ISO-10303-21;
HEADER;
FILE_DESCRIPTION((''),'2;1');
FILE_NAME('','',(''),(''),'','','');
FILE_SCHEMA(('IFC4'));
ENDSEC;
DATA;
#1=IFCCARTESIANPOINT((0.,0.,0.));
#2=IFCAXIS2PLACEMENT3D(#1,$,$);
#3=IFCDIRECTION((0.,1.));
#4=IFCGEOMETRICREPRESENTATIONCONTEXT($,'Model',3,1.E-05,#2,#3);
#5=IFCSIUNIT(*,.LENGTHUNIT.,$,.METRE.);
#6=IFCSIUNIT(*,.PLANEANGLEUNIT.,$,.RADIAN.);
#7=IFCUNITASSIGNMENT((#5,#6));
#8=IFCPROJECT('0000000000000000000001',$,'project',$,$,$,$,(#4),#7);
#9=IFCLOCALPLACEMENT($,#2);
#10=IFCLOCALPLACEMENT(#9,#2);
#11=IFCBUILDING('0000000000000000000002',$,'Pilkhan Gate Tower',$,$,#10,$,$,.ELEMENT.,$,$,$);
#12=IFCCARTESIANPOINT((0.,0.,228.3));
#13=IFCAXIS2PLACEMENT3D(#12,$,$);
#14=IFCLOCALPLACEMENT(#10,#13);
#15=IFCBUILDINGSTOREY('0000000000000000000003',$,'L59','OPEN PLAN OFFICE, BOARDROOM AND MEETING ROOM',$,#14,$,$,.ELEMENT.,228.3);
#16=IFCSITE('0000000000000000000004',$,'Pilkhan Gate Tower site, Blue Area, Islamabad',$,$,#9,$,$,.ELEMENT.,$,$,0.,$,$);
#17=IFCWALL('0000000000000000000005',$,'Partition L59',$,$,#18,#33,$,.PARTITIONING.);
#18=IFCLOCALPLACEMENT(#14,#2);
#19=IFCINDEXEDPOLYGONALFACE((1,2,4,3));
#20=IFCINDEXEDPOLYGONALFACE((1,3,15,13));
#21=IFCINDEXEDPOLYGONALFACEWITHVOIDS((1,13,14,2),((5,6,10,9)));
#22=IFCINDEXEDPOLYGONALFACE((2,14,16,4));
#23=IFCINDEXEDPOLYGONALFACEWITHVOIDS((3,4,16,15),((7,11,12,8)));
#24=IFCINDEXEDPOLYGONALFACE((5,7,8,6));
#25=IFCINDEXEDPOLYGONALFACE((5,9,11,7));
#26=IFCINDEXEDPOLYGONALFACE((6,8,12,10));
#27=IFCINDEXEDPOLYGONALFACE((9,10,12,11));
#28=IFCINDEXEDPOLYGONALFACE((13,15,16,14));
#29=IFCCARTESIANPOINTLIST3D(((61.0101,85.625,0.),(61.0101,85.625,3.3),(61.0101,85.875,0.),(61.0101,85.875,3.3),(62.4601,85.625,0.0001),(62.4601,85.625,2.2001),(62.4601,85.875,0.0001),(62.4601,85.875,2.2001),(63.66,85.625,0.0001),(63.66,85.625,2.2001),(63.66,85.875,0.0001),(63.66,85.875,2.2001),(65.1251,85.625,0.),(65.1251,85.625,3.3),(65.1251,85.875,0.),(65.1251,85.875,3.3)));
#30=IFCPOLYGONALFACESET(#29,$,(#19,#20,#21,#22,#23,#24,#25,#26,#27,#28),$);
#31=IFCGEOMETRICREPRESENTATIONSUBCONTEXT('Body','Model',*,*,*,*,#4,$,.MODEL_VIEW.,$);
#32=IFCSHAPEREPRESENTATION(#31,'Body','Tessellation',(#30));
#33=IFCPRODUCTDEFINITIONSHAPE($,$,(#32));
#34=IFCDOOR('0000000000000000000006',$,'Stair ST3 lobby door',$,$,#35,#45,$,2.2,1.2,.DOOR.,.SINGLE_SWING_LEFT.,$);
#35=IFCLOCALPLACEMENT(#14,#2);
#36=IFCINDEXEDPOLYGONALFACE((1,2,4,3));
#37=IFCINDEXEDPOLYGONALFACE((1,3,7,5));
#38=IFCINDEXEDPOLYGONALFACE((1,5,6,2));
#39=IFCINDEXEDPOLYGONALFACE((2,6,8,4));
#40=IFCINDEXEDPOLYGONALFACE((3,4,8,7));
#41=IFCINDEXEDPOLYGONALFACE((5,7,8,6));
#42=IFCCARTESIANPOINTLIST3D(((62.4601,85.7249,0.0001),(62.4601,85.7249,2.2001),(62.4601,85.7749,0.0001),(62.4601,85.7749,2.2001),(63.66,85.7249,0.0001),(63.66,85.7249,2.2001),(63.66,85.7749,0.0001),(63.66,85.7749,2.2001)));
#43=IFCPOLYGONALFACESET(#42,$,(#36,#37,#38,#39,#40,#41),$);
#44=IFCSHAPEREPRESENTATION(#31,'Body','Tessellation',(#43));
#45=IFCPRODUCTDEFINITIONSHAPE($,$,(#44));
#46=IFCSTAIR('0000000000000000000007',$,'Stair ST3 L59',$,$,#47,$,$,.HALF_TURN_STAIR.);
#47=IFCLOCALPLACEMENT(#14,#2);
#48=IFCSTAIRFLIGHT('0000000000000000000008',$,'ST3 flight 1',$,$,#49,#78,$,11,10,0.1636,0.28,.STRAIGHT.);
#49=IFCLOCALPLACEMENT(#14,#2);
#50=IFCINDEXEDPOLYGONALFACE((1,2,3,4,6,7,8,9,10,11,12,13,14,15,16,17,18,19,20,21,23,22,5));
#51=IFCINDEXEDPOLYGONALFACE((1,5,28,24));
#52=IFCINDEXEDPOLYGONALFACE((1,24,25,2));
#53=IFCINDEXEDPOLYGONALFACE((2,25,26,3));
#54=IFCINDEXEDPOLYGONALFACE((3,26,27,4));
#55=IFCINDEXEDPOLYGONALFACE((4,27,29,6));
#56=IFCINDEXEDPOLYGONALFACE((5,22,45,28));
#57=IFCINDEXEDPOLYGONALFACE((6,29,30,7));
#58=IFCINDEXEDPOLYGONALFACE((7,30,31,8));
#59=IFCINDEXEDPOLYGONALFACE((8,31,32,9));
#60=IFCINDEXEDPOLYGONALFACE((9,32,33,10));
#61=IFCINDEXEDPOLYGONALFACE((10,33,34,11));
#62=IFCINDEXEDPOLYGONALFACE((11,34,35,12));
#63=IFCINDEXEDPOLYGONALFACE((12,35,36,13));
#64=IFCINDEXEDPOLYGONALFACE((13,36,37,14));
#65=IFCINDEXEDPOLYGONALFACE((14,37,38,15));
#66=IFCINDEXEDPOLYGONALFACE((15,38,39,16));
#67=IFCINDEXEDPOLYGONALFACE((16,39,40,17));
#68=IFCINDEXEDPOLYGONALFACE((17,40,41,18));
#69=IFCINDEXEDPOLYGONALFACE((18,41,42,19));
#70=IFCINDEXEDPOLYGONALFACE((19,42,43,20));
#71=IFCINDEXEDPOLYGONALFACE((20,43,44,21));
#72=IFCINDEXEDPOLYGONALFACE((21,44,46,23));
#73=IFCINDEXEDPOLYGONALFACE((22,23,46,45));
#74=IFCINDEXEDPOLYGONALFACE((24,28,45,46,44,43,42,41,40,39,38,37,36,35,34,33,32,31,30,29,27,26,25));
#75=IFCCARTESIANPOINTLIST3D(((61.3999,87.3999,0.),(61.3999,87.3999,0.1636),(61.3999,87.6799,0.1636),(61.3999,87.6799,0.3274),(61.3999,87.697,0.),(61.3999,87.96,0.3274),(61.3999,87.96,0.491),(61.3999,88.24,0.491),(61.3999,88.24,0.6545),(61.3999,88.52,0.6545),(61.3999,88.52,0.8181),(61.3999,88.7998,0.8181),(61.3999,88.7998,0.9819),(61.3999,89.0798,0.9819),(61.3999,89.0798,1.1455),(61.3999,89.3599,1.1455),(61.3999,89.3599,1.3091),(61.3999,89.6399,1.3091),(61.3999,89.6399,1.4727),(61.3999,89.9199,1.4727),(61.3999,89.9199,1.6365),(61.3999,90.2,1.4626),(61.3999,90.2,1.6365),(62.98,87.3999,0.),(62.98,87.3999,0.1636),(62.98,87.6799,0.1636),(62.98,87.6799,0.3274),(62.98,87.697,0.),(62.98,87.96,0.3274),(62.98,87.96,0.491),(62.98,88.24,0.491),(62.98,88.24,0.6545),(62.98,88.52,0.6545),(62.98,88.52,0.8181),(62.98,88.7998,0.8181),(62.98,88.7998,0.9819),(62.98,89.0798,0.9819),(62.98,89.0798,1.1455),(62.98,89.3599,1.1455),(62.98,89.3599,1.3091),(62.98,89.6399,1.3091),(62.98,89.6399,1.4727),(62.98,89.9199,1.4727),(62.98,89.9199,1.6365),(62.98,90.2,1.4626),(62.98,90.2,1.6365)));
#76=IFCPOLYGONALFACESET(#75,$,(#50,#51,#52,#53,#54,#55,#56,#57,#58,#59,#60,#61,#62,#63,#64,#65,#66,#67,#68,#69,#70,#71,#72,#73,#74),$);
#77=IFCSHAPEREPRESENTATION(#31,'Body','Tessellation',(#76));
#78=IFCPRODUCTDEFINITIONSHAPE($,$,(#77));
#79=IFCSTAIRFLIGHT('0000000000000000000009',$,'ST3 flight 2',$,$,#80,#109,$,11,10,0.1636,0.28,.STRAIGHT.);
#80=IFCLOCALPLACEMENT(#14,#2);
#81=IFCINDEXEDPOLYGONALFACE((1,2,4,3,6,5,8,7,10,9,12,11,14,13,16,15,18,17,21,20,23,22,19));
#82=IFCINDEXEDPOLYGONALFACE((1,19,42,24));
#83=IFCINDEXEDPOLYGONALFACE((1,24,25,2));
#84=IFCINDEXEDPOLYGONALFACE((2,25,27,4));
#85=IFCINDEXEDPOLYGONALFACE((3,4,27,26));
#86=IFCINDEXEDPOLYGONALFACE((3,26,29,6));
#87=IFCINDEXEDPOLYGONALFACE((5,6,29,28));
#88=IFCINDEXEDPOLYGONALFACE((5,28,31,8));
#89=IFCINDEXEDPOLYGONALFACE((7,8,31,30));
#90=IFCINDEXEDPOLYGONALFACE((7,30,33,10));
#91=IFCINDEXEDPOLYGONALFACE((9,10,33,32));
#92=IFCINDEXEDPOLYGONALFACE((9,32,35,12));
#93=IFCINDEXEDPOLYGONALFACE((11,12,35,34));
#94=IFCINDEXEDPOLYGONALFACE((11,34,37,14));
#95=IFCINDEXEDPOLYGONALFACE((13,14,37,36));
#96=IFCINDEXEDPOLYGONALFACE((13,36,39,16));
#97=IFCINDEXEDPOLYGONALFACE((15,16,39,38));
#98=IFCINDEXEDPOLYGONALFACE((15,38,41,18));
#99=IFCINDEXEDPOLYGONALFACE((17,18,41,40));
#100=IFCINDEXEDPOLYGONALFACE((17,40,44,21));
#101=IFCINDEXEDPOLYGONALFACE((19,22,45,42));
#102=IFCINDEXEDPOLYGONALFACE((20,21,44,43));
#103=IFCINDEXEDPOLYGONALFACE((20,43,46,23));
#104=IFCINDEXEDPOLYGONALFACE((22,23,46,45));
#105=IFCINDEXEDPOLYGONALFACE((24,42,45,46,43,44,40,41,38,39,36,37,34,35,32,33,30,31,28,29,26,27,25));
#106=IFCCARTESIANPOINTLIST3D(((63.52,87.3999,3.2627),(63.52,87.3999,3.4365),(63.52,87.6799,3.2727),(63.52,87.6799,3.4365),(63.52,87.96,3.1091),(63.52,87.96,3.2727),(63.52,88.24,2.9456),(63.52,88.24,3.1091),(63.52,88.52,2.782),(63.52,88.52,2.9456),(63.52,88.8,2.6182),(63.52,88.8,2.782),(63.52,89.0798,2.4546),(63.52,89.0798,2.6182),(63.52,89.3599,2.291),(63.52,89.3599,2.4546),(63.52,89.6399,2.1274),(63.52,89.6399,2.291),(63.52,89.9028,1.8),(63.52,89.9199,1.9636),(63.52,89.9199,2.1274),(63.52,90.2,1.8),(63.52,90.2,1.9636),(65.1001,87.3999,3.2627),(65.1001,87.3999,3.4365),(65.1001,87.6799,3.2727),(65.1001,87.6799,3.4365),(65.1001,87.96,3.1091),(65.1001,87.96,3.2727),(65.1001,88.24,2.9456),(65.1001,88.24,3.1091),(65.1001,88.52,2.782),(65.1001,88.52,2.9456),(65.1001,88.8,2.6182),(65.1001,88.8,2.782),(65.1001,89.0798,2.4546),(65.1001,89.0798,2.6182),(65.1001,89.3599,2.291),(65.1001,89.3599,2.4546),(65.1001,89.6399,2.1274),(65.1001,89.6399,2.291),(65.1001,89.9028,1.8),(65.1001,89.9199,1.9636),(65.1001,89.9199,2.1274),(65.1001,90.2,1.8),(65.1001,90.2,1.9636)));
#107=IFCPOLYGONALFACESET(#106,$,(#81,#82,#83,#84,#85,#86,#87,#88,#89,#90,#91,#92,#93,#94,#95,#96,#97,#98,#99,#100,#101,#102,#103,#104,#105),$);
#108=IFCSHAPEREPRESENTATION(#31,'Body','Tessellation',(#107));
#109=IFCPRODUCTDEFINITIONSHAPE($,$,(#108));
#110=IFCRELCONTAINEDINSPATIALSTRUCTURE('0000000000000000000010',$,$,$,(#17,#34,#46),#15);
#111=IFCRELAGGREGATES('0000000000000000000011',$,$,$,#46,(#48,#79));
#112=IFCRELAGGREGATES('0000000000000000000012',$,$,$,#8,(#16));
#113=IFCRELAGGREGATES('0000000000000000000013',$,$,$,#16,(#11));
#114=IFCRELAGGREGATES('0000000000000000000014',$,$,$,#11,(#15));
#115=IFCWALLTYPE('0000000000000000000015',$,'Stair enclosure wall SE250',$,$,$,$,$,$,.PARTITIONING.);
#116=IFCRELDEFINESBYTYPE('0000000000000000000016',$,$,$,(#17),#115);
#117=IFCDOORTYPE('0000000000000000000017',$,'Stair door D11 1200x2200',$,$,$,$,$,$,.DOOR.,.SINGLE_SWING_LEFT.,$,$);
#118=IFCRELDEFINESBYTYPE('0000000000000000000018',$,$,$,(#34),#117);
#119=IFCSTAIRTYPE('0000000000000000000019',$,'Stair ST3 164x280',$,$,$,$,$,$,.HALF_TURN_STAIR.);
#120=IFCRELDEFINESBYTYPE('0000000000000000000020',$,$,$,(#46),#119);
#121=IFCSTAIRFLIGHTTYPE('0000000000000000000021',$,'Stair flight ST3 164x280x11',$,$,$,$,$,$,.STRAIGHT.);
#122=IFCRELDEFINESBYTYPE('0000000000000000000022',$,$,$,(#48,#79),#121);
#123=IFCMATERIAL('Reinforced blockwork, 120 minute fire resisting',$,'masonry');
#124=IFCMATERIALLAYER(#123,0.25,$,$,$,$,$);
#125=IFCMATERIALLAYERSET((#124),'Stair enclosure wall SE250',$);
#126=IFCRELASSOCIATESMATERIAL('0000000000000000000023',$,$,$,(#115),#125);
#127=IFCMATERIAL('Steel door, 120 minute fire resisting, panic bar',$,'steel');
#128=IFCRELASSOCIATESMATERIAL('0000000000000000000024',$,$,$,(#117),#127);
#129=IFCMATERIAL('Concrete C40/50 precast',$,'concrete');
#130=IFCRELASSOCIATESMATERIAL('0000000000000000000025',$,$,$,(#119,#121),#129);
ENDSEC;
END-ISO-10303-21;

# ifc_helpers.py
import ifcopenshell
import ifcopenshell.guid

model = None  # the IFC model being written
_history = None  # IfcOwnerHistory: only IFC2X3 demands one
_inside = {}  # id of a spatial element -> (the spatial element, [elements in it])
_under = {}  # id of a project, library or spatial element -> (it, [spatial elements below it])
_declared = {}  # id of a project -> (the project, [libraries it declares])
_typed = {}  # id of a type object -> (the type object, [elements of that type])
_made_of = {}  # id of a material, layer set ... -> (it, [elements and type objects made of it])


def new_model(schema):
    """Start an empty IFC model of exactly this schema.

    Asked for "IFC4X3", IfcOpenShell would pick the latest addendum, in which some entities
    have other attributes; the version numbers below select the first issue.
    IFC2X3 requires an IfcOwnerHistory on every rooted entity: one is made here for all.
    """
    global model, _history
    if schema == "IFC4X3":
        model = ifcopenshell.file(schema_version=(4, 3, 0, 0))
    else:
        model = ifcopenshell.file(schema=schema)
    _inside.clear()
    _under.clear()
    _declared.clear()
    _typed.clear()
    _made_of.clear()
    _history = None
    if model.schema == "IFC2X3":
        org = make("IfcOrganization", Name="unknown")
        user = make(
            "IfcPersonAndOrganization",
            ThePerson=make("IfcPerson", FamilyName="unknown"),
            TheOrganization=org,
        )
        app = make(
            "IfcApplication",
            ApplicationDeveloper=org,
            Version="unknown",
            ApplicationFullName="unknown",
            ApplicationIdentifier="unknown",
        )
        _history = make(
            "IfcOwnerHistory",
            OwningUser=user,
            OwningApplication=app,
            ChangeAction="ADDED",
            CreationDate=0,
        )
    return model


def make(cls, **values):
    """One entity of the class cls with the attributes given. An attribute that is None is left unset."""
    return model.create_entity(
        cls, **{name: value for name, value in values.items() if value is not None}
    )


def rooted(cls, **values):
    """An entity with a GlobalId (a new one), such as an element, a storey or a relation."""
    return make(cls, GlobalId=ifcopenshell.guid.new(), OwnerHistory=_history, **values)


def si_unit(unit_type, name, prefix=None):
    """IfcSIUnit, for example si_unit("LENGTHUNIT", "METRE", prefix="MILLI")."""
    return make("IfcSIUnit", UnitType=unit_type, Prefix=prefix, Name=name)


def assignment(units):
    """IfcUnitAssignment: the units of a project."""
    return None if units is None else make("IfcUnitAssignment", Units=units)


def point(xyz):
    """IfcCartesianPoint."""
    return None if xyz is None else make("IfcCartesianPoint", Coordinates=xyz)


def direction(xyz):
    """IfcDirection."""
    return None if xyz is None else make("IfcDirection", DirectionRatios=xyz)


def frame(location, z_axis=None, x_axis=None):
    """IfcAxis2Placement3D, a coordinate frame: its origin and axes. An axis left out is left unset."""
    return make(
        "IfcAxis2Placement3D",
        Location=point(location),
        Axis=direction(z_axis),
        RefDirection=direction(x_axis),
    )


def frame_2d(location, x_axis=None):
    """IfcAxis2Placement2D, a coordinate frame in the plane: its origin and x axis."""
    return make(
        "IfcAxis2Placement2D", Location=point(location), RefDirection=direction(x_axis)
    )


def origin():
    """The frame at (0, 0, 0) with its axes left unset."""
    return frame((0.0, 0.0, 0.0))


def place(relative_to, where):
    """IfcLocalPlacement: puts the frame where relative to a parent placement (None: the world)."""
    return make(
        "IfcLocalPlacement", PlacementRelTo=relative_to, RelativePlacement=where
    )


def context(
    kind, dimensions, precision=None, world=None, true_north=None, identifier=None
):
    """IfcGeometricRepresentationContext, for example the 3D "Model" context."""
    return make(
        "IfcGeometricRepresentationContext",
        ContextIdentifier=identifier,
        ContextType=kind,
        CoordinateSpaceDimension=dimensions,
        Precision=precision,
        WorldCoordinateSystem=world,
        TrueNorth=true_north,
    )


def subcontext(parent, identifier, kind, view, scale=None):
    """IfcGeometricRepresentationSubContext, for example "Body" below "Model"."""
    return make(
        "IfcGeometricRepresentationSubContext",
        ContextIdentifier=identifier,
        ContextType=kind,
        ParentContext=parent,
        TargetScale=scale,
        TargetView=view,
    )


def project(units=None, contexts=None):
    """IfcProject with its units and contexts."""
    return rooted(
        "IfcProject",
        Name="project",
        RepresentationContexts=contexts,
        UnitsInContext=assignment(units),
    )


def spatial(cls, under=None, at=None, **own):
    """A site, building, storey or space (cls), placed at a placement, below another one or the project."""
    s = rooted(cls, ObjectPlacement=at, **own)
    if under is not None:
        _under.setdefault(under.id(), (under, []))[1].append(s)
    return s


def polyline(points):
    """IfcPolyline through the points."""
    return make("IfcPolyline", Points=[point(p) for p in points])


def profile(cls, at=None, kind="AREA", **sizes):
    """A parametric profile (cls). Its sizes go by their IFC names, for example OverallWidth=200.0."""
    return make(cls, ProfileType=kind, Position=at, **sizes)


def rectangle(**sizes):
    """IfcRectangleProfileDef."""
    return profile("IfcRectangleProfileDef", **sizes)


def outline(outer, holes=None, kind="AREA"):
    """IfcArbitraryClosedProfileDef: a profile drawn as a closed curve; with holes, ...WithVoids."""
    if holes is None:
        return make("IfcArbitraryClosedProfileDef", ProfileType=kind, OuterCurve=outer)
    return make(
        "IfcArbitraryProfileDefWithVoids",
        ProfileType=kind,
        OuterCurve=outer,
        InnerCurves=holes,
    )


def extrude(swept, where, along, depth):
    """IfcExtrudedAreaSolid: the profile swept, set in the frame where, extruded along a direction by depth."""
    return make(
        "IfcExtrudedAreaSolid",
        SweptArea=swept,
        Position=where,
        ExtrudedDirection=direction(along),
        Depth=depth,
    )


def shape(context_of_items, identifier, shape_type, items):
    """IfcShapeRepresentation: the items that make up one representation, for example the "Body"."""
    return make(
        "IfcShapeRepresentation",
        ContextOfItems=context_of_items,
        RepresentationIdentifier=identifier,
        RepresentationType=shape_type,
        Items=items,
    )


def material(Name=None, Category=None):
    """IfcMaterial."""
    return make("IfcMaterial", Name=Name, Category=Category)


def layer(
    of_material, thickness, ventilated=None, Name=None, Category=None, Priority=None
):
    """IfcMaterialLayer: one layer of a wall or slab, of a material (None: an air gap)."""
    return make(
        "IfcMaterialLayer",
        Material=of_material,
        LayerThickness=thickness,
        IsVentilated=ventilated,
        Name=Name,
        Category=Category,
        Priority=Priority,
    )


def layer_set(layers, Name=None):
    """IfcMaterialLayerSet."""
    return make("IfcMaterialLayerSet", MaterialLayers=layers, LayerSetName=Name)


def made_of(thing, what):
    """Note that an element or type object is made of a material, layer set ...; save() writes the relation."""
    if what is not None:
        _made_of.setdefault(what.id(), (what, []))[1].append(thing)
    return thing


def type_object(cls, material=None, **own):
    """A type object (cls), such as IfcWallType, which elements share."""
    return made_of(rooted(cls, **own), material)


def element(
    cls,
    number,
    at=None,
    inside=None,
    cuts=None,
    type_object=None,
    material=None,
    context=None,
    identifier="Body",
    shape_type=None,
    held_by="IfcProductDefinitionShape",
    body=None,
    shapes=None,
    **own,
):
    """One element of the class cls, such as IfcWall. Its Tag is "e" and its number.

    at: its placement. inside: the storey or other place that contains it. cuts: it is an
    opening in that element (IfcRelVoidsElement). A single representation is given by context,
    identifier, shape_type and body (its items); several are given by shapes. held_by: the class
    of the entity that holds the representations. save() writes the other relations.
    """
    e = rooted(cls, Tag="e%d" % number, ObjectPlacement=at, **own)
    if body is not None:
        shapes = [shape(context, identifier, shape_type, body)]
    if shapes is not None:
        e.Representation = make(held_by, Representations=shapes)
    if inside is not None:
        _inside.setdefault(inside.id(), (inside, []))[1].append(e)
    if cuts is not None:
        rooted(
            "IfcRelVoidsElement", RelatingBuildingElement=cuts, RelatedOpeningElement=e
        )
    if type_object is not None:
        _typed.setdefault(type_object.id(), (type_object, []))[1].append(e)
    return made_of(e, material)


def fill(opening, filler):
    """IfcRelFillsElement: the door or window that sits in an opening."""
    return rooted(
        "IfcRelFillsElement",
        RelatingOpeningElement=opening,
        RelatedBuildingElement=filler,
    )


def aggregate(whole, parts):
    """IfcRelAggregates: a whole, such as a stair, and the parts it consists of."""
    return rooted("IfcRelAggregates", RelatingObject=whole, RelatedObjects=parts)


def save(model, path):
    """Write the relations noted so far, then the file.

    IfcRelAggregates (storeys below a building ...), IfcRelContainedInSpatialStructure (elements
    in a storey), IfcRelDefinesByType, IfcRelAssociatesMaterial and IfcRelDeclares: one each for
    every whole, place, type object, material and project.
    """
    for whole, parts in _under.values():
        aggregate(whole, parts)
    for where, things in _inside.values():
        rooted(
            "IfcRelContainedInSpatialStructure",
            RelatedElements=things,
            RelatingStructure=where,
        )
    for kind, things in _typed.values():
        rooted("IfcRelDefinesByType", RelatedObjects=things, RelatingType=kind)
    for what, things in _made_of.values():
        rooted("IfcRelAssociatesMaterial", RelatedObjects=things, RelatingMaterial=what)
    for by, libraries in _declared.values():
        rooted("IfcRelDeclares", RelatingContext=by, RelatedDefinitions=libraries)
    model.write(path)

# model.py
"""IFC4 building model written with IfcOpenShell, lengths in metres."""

from ifc_helpers import new_model, si_unit, direction, frame, frame_2d, origin, place, context, subcontext, project, spatial, polyline, rectangle, outline, extrude, material, layer, layer_set, type_object, element, fill, aggregate, save


model = new_model("IFC4")

# Units and contexts
model_context = context("Model", 3, precision=1e-05, world=origin(), true_north=direction((0.0, 1.0)))
body_context = subcontext(model_context, "Body", "Model", "MODEL_VIEW")
ifc_project = project(units=[si_unit("LENGTHUNIT", "METRE"), si_unit("PLANEANGLEUNIT", "RADIAN")], contexts=[model_context])

# Site, building, storey
site_placement = place(None, origin())
site = spatial("IfcSite", under=ifc_project, at=site_placement, Name="Pilkhan Gate Tower site, Blue Area, Islamabad", CompositionType="ELEMENT", RefElevation=0.0)
building_placement = place(site_placement, origin())
building = spatial("IfcBuilding", under=site, at=building_placement, Name="Pilkhan Gate Tower", CompositionType="ELEMENT")
storey_placement = place(building_placement, frame((0.0, 0.0, 228.3)))
storey = spatial("IfcBuildingStorey", under=building, at=storey_placement, Name="L59", Description="OPEN PLAN OFFICE, BOARDROOM AND MEETING ROOM", CompositionType="ELEMENT", Elevation=228.3)

# Wall, opening, door
ifc_material_1 = material(Name="Reinforced blockwork, 120 minute fire resisting", Category="masonry")
ifc_layer_1 = layer(ifc_material_1, 0.25)
ifc_layer_set_1 = layer_set([ifc_layer_1], Name="Stair enclosure wall SE250")
wall_type_1 = type_object("IfcWallType", Name="Stair enclosure wall SE250", PredefinedType="PARTITIONING", material=ifc_layer_set_1)
wall_1_placement = place(storey_placement, frame((61.01, 85.75, 0.0), z_axis=(0.0, 0.0, 1.0), x_axis=(1.0, 0.0, 0.0)))
wall_1 = element("IfcWall", 1, at=wall_1_placement, inside=storey, type_object=wall_type_1, Name="Partition L59", PredefinedType="PARTITIONING", context=body_context, shape_type="SweptSolid", body=[
    extrude(rectangle(XDim=4.115, YDim=0.25, at=frame_2d((2.0576, 0.0))), origin(), (0.0, 0.0, 1.0), 3.3),
])
opening_1_placement = place(wall_1_placement, frame((1.45, 0.0, 0.0)))
opening_1 = element("IfcOpeningElement", 2, at=opening_1_placement, cuts=wall_1, PredefinedType="OPENING", context=body_context, shape_type="SweptSolid", body=[
    extrude(rectangle(XDim=1.2, YDim=2.2, at=frame_2d((0.6001, 1.1001))), frame((0.0, 0.135, 0.0), z_axis=(0.0, -1.0, 0.0), x_axis=(1.0, 0.0, 0.0)), (0.0, 0.0, 1.0), 0.27),
])
ifc_material_2 = material(Name="Steel door, 120 minute fire resisting, panic bar", Category="steel")
door_type_1 = type_object("IfcDoorType", Name="Stair door D11 1200x2200", OperationType="SINGLE_SWING_LEFT", PredefinedType="DOOR", material=ifc_material_2)
door_1_placement = place(opening_1_placement, origin())
door_1 = element("IfcDoor", 3, at=door_1_placement, inside=storey, type_object=door_type_1, Name="Stair ST3 lobby door", OperationType="SINGLE_SWING_LEFT", OverallHeight=2.2, OverallWidth=1.2, PredefinedType="DOOR", context=body_context, shape_type="SweptSolid", body=[
    extrude(rectangle(XDim=1.2, YDim=2.2, at=frame_2d((0.6001, 1.1001))), frame((0.0, 0.0249, 0.0), z_axis=(0.0, -1.0, 0.0), x_axis=(1.0, 0.0, 0.0)), (0.0, 0.0, 1.0), 0.05),
])
fill(opening_1, door_1)

# Stair, stair flights
ifc_material_3 = material(Name="Concrete C40/50 precast", Category="concrete")
stair_type = type_object("IfcStairType", Name="Stair ST3 164x280", PredefinedType="HALF_TURN_STAIR", material=ifc_material_3)
stair_placement = place(storey_placement, origin())
stair = element("IfcStair", 4, at=stair_placement, inside=storey, type_object=stair_type, Name="Stair ST3 L59", PredefinedType="HALF_TURN_STAIR")
stair_flight_type = type_object("IfcStairFlightType", Name="Stair flight ST3 164x280x11", PredefinedType="STRAIGHT", material=ifc_material_3)
stair_flight_1_placement = place(storey_placement, frame((62.1899, 87.3999, 0.0), z_axis=(0.0, 0.0, 1.0), x_axis=(0.0, 1.0, 0.0)))
stair_flight_1 = element("IfcStairFlight", 5, at=stair_flight_1_placement, type_object=stair_flight_type, Name="ST3 flight 1", NumberOfRisers=11, NumberOfTreads=10, PredefinedType="STRAIGHT", RiserHeight=0.1636, TreadLength=0.28, context=body_context, shape_type="SweptSolid", body=[
    extrude(outline(polyline([(0.0, 0.0), (0.0, 0.1636), (0.28, 0.1636), (0.28, 0.3274), (0.5601, 0.3274), (0.5601, 0.491), (0.8401, 0.491), (0.8401, 0.6545), (1.1201, 0.6545), (1.1201, 0.8181), (1.3999, 0.8181), (1.3999, 0.9819), (1.6799, 0.9819), (1.6799, 1.1455), (1.96, 1.1455), (1.96, 1.3091), (2.24, 1.3091), (2.24, 1.4727), (2.52, 1.4727), (2.52, 1.6365), (2.8, 1.6365), (2.8, 1.8), (2.8, 1.4626), (0.2971, 0.0), (0.0, 0.0)])), frame((0.0, 0.79, 0.0), z_axis=(0.0, -1.0, 0.0), x_axis=(1.0, 0.0, 0.0)), (0.0, 0.0, 1.0), 1.5801),
])
stair_flight_2_placement = place(storey_placement, frame((64.3101, 90.2, 1.8), z_axis=(0.0, 0.0, 1.0), x_axis=(0.0, -1.0, 0.0)))
stair_flight_2 = element("IfcStairFlight", 6, at=stair_flight_2_placement, type_object=stair_flight_type, Name="ST3 flight 2", NumberOfRisers=11, NumberOfTreads=10, PredefinedType="STRAIGHT", RiserHeight=0.1636, TreadLength=0.28, context=body_context, shape_type="SweptSolid", body=[
    extrude(outline(polyline([(0.0, 0.0), (0.0, 0.1636), (0.28, 0.1636), (0.28, 0.3274), (0.5601, 0.3274), (0.5601, 0.491), (0.8401, 0.491), (0.8401, 0.6545), (1.1201, 0.6545), (1.1201, 0.8181), (1.3999, 0.8181), (1.3999, 0.9819), (1.6799, 0.9819), (1.6799, 1.1455), (1.96, 1.1455), (1.96, 1.3091), (2.24, 1.3091), (2.24, 1.4727), (2.52, 1.4727), (2.52, 1.6365), (2.8, 1.6365), (2.8, 1.8), (2.8, 1.4626), (0.2971, 0.0), (0.0, 0.0)])), frame((0.0, 0.79, 0.0), z_axis=(0.0, -1.0, 0.0), x_axis=(1.0, 0.0, 0.0)), (0.0, 0.0, 1.0), 1.5801),
])
aggregate(stair, [stair_flight_1, stair_flight_2])

save(model, "model.ifc")
